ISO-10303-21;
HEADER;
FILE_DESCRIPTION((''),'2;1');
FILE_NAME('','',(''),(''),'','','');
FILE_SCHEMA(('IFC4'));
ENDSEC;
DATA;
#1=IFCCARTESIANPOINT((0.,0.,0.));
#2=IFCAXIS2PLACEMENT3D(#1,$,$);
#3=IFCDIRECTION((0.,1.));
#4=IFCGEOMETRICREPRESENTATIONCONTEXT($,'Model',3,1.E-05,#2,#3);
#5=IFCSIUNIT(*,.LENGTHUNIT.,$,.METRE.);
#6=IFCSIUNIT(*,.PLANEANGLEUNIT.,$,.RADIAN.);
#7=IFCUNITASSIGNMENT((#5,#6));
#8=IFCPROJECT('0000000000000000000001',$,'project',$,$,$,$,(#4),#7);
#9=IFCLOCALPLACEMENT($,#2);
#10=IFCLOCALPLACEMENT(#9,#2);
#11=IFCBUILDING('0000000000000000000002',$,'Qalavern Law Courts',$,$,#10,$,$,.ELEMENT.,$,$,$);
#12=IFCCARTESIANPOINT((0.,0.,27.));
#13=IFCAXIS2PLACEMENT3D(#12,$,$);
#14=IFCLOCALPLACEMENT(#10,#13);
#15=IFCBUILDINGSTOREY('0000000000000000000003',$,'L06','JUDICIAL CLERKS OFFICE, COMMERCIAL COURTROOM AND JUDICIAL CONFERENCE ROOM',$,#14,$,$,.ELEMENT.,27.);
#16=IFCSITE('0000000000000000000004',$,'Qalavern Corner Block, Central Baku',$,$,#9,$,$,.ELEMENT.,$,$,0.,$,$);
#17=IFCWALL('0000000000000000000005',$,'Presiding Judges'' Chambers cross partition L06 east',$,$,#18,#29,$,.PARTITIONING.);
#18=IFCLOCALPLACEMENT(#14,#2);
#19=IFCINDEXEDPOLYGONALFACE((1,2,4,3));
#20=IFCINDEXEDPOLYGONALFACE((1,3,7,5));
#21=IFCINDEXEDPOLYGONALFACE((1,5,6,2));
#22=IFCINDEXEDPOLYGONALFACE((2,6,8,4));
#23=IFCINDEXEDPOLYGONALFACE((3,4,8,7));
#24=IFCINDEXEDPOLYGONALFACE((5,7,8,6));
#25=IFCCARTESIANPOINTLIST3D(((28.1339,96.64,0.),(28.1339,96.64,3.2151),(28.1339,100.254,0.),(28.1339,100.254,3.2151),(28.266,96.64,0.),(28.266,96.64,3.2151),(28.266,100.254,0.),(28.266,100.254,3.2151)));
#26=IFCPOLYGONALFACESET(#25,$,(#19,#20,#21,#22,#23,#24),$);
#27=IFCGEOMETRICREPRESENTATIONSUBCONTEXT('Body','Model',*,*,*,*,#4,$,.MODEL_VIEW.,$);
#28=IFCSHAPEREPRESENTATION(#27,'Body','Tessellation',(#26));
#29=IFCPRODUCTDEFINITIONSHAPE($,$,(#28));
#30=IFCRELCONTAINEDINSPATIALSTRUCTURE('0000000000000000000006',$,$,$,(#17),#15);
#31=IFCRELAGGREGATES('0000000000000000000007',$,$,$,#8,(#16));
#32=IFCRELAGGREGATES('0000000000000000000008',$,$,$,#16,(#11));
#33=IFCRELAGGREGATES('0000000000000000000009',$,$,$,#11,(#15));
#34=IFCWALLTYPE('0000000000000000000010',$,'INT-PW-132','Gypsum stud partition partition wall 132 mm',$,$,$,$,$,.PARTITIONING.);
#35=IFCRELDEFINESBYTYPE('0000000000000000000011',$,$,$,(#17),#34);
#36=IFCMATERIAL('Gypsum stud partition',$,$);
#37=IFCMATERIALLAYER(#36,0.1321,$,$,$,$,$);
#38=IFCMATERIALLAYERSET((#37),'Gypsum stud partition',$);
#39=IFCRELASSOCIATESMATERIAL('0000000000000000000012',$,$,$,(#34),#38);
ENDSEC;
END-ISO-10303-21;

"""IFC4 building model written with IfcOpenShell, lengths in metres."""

from ifc_helpers import new_model, si_unit, direction, frame, frame_2d, origin, place, context, subcontext, project, spatial, rectangle, extrude, material, layer, layer_set, type_object, element, save


model = new_model("IFC4")

# Units and contexts
model_context = context("Model", 3, precision=1e-05, world=origin(), true_north=direction((0.0, 1.0)))
body_context = subcontext(model_context, "Body", "Model", "MODEL_VIEW")
ifc_project = project(units=[si_unit("LENGTHUNIT", "METRE"), si_unit("PLANEANGLEUNIT", "RADIAN")], contexts=[model_context])

# Site, building, storey
site_placement = place(None, origin())
site = spatial("IfcSite", under=ifc_project, at=site_placement, Name="Qalavern Corner Block, Central Baku", CompositionType="ELEMENT", RefElevation=0.0)
building_placement = place(site_placement, origin())
building = spatial("IfcBuilding", under=site, at=building_placement, Name="Qalavern Law Courts", CompositionType="ELEMENT")
storey_placement = place(building_placement, frame((0.0, 0.0, 27.0)))
storey = spatial("IfcBuildingStorey", under=building, at=storey_placement, Name="L06", Description="JUDICIAL CLERKS OFFICE, COMMERCIAL COURTROOM AND JUDICIAL CONFERENCE ROOM", CompositionType="ELEMENT", Elevation=27.0)

# Shared definitions
ifc_material_1 = material(Name="Gypsum stud partition")
ifc_layer_1 = layer(ifc_material_1, 0.1321)
ifc_layer_set_1 = layer_set([ifc_layer_1], Name="Gypsum stud partition")
wall_type_1 = type_object("IfcWallType", Name="INT-PW-132", Description="Gypsum stud partition partition wall 132 mm", PredefinedType="PARTITIONING", material=ifc_layer_set_1)

# Wall
wall_1_placement = place(storey_placement, frame((28.2, 96.6399, 0.0), z_axis=(0.0, 0.0, 1.0), x_axis=(0.0, 1.0, 0.0)))
element("IfcWall", 1, at=wall_1_placement, inside=storey, type_object=wall_type_1, Name="Presiding Judges' Chambers cross partition L06 east", PredefinedType="PARTITIONING", context=body_context, shape_type="SweptSolid", body=[
    extrude(rectangle(XDim=3.614, YDim=0.1321, at=frame_2d((1.8071, 0.0))), origin(), (0.0, 0.0, 1.0), 3.2151),
])

save(model, "model.ifc")
